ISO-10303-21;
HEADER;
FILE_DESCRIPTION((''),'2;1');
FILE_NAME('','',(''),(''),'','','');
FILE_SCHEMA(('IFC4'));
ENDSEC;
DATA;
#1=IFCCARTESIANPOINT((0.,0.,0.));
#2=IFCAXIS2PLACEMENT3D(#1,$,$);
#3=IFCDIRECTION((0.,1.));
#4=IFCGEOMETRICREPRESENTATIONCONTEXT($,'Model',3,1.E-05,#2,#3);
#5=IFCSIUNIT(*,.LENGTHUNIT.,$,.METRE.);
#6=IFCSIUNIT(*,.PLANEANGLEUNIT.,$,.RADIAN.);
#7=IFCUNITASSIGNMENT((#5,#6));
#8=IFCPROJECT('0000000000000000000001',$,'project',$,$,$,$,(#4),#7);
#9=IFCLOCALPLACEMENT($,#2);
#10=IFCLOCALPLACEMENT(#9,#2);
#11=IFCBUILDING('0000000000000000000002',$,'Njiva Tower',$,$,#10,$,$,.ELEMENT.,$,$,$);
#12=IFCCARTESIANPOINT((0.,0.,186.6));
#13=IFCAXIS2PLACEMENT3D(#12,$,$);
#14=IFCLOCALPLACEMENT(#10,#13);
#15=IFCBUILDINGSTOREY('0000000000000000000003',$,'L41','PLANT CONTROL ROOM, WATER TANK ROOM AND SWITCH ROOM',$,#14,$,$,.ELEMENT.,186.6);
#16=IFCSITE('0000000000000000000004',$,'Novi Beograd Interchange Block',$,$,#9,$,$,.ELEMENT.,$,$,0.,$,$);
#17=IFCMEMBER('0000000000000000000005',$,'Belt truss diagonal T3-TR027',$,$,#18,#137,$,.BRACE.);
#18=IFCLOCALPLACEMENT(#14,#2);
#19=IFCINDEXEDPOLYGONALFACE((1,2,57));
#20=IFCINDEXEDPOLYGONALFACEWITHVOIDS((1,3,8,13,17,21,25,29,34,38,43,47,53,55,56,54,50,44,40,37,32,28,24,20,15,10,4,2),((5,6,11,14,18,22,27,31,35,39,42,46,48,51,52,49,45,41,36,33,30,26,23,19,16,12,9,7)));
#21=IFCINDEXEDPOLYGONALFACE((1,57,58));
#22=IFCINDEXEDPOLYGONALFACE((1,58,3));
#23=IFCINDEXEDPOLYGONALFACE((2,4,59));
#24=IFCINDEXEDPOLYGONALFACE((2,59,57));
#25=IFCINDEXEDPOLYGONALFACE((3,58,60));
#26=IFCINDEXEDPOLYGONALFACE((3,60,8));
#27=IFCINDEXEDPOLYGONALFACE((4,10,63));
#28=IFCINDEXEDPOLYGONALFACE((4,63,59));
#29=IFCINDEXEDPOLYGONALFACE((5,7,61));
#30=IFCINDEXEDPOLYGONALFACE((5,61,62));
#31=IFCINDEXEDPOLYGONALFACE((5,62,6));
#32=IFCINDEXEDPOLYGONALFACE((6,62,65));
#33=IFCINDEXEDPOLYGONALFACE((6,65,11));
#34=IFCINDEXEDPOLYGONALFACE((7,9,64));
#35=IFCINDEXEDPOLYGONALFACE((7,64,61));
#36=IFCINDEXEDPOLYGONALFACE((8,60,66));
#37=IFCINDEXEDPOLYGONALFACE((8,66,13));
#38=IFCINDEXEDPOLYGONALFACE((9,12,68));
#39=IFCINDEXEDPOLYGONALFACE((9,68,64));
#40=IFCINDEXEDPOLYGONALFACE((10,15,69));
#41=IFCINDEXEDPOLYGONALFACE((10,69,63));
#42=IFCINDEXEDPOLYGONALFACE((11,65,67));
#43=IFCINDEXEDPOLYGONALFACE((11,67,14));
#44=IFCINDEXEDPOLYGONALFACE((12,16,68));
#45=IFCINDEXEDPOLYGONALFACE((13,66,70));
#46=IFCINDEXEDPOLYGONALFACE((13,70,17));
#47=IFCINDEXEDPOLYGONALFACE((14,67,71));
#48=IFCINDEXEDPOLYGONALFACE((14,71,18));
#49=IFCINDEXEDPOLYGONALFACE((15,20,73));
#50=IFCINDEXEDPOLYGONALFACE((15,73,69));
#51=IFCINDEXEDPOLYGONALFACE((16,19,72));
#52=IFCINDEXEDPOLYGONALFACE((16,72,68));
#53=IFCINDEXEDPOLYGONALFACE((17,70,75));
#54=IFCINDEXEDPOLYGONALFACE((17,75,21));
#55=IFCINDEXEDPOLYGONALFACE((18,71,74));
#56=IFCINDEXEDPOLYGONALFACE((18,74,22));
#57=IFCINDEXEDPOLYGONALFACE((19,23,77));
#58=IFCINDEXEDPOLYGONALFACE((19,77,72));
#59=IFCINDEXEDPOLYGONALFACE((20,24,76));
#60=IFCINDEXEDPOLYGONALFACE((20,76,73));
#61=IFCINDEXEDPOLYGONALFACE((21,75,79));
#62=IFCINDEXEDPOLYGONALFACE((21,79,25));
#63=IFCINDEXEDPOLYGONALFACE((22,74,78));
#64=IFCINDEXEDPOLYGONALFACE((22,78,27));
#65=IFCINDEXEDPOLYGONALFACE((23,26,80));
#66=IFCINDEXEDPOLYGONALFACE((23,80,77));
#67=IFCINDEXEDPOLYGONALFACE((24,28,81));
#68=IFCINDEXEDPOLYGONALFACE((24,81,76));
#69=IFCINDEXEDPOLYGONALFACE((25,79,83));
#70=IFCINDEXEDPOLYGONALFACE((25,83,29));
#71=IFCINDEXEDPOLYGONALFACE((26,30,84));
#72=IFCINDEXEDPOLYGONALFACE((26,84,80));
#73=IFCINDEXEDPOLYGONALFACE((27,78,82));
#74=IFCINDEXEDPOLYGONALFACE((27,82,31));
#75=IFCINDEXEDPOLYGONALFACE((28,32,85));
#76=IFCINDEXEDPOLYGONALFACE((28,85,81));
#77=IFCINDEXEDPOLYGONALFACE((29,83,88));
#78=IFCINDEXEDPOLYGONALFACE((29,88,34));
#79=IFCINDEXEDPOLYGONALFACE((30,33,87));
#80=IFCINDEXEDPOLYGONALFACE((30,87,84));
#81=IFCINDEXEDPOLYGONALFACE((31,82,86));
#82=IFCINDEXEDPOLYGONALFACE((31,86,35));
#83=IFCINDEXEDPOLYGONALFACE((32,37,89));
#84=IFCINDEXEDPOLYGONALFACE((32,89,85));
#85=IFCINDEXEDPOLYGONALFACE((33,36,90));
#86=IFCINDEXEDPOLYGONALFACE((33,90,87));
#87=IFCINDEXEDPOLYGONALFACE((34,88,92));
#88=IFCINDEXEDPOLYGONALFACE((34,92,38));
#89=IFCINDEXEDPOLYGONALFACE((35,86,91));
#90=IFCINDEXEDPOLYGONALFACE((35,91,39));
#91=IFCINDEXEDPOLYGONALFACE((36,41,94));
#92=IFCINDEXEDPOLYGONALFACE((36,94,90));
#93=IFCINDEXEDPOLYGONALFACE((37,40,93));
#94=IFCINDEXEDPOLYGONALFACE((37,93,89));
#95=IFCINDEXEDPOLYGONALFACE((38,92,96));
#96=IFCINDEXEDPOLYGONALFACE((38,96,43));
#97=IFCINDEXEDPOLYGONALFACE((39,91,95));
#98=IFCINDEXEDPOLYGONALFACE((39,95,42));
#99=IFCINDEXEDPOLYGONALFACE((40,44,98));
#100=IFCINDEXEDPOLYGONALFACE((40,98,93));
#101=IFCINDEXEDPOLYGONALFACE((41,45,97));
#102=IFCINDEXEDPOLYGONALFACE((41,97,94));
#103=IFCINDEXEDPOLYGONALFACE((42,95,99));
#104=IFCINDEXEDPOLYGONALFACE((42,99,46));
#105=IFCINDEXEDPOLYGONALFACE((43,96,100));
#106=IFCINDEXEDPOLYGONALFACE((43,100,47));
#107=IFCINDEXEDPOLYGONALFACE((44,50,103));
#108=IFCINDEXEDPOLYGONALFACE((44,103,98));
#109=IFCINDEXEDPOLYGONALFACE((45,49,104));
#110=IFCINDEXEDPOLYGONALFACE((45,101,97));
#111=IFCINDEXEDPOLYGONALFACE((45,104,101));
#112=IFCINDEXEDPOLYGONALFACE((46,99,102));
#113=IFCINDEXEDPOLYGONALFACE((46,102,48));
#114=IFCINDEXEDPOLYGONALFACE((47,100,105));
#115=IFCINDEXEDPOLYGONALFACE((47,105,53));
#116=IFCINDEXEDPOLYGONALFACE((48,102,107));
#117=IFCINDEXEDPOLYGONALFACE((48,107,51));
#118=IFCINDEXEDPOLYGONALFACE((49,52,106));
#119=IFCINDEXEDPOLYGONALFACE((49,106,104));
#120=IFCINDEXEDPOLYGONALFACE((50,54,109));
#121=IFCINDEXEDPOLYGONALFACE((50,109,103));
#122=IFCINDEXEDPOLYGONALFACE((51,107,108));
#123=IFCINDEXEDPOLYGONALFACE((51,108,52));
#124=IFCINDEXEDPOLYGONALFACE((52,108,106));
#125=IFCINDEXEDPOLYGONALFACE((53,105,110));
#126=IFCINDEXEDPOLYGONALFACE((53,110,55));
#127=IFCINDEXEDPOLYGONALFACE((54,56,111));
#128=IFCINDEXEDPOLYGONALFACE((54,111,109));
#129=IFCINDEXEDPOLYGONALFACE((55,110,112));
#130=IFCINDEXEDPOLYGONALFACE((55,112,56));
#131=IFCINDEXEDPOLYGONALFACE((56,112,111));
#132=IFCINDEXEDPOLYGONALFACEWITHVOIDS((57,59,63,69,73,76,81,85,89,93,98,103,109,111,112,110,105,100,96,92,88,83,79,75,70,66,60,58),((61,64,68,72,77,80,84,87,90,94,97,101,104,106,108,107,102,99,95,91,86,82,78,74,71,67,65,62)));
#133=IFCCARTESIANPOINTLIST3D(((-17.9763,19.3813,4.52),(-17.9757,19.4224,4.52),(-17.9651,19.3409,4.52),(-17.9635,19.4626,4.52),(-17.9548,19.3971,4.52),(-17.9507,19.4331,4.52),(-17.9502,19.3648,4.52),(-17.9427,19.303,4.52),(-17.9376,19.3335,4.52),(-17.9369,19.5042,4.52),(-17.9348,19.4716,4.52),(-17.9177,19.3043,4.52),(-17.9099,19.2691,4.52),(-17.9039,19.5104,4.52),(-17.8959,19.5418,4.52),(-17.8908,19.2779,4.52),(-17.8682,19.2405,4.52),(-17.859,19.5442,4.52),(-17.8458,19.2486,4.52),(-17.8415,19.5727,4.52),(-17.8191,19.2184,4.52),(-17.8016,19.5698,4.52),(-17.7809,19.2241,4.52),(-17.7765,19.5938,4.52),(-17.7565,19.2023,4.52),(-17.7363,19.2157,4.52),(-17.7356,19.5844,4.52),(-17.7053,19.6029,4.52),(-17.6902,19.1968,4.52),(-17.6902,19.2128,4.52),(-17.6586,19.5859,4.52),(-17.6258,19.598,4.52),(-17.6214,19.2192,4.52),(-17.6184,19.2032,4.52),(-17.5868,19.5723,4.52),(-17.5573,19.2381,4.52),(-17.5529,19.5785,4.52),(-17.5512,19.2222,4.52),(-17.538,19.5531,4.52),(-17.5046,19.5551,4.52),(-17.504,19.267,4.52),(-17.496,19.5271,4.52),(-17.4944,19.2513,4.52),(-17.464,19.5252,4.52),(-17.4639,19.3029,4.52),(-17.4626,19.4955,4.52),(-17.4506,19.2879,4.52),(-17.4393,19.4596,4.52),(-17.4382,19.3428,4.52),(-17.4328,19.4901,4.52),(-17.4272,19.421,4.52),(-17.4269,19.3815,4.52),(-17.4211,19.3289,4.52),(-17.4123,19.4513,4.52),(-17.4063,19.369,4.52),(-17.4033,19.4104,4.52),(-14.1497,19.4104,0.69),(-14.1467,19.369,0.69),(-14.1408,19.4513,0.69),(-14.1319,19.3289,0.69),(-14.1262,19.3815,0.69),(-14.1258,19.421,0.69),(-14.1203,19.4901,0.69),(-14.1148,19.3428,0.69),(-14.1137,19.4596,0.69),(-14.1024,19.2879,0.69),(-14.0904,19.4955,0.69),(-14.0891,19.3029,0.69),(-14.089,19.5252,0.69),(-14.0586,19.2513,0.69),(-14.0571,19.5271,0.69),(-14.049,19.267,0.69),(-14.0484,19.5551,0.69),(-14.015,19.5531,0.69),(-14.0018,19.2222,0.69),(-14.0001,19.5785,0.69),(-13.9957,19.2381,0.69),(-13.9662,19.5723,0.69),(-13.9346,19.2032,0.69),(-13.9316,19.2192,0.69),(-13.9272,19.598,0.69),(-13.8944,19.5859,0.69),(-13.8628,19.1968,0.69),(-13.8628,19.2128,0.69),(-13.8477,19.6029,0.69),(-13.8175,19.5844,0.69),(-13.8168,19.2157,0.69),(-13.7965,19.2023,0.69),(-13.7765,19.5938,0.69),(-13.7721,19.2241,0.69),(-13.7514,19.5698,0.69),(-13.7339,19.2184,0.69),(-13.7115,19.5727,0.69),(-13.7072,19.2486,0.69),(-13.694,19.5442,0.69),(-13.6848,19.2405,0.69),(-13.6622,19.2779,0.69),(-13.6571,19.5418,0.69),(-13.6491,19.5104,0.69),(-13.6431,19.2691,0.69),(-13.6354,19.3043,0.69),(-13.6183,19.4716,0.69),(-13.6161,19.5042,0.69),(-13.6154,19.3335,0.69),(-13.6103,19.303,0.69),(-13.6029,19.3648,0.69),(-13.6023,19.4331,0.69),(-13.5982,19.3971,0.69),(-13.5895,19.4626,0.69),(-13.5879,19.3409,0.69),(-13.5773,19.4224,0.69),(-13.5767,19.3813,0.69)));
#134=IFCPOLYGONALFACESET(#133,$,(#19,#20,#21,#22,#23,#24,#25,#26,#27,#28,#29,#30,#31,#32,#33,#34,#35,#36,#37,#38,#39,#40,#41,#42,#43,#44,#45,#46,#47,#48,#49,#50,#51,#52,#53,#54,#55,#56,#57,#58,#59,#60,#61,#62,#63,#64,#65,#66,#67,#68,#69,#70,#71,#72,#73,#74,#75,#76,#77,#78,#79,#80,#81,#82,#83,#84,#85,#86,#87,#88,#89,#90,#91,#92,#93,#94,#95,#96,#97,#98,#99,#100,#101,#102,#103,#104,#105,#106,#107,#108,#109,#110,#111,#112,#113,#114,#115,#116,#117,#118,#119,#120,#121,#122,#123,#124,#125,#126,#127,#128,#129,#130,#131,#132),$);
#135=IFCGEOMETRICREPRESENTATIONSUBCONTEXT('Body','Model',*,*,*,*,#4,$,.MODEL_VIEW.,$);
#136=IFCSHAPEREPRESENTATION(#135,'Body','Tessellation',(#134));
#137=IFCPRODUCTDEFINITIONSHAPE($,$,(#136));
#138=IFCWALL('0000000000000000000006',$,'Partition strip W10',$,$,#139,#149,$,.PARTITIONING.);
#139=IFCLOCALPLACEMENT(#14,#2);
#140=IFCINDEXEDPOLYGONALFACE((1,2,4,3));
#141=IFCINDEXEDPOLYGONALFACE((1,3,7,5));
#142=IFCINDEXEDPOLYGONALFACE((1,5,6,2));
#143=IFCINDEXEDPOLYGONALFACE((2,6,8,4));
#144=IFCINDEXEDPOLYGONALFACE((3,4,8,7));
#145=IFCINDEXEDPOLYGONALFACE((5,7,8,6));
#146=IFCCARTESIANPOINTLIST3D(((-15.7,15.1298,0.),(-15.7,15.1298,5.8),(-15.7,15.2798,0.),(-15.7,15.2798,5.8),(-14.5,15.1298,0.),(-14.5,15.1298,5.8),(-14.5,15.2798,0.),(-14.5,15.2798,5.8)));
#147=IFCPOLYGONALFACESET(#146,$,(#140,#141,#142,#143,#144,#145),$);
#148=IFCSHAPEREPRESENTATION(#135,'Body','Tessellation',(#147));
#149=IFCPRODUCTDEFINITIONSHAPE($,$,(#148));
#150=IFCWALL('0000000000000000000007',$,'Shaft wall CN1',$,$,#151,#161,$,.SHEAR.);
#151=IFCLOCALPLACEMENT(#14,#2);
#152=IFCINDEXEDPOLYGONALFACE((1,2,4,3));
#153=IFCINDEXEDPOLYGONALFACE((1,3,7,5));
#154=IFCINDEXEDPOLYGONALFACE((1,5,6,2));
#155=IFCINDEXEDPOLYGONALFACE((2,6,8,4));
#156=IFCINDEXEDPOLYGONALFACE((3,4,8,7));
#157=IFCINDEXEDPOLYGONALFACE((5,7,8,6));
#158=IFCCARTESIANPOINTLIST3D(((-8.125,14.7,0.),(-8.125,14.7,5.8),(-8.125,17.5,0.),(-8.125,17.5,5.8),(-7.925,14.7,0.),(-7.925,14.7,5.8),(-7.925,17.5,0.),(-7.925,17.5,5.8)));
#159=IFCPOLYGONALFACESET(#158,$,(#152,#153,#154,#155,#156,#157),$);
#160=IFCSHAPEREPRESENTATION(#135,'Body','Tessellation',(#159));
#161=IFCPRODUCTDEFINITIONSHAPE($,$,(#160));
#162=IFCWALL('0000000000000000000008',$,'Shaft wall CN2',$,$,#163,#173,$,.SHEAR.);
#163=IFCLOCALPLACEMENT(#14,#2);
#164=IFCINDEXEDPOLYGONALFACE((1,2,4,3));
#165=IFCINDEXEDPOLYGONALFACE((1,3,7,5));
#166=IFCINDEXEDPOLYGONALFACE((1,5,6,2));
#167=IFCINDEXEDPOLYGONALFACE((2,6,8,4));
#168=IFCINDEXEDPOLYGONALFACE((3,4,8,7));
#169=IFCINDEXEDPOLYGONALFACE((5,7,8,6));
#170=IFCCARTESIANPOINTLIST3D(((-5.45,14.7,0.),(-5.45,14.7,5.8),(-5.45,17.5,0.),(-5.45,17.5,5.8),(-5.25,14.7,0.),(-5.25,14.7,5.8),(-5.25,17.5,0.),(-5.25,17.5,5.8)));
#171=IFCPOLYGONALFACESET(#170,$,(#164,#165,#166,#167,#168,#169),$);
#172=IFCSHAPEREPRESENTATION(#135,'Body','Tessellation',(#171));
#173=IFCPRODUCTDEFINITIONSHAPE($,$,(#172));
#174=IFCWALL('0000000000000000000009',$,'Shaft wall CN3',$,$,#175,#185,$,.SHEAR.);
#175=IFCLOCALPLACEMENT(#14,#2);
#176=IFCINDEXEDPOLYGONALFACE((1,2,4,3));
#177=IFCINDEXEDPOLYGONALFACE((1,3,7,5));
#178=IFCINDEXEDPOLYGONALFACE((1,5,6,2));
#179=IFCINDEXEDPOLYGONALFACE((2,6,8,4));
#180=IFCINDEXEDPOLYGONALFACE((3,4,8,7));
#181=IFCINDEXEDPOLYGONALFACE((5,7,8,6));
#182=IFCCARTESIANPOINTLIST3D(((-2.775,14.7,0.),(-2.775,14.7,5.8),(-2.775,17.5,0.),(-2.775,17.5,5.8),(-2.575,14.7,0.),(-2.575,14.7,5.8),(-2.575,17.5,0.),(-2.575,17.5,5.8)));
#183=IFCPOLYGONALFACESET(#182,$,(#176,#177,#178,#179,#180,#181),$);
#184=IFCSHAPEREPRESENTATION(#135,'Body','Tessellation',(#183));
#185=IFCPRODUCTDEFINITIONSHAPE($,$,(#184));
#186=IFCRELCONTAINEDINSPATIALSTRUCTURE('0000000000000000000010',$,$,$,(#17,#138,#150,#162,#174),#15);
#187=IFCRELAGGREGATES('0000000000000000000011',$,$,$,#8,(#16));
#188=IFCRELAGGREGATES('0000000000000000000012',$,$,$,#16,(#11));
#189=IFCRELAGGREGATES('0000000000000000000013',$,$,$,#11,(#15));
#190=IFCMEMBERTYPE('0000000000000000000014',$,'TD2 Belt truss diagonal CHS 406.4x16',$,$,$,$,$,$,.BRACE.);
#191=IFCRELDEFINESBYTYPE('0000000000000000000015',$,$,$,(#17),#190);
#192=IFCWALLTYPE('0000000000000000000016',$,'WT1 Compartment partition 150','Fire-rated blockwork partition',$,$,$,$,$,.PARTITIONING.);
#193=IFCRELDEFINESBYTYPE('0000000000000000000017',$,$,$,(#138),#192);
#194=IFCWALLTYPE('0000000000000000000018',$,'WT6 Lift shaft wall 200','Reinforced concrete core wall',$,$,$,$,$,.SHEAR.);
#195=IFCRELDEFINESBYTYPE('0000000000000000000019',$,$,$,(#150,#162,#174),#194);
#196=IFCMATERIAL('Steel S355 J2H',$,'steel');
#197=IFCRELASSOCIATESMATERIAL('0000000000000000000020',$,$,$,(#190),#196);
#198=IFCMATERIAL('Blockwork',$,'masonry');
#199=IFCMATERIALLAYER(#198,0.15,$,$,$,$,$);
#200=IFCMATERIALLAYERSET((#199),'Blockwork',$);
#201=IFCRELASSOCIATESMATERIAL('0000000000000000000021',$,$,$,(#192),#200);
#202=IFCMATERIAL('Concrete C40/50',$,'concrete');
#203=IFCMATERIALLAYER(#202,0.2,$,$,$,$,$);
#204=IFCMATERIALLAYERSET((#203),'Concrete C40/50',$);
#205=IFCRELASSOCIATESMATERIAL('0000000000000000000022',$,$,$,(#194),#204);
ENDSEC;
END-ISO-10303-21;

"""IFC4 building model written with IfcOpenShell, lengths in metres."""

from ifc_helpers import new_model, si_unit, direction, frame, frame_2d, origin, origin_2d, place, context, subcontext, project, spatial, rectangle, hollow_circle, extrude, clip, halfspace, material, layer, layer_set, material_profile, profile_set, type_object, element, save


model = new_model("IFC4")

# Units and contexts
model_context = context("Model", 3, precision=1e-05, world=origin(), true_north=direction((0.0, 1.0)))
body_context = subcontext(model_context, "Body", "Model", "MODEL_VIEW")
ifc_project = project(units=[si_unit("LENGTHUNIT", "METRE"), si_unit("PLANEANGLEUNIT", "RADIAN")], contexts=[model_context])

# Site, building, storey
site_placement = place(None, origin())
site = spatial("IfcSite", under=ifc_project, at=site_placement, Name="Novi Beograd Interchange Block", CompositionType="ELEMENT", RefElevation=0.0)
building_placement = place(site_placement, origin())
building = spatial("IfcBuilding", under=site, at=building_placement, Name="Njiva Tower", CompositionType="ELEMENT")
storey_placement = place(building_placement, frame((0.0, 0.0, 186.6)))
storey = spatial("IfcBuildingStorey", under=building, at=storey_placement, Name="L41", Description="PLANT CONTROL ROOM, WATER TANK ROOM AND SWITCH ROOM", CompositionType="ELEMENT", Elevation=186.6)

# Member
ifc_material_1 = material(Name="Steel S355 J2H", Category="steel")
ifc_material_profile_1 = material_profile(ifc_material_1, hollow_circle(Radius=0.2032, WallThickness=0.016, at=origin_2d()), Name="CHS 406.4x16")
ifc_profile_set_1 = profile_set([ifc_material_profile_1], Name="Steel S355 J2H")
member_type_1 = type_object("IfcMemberType", Name="TD2 Belt truss diagonal CHS 406.4x16", PredefinedType="BRACE", material=ifc_profile_set_1)
member_1_placement = place(storey_placement, frame((-13.3569, 19.4, 0.1838), z_axis=(-0.706871, 0.0, 0.707342), x_axis=(0.0, -1.0, 0.0)))
element("IfcMember", 1, at=member_1_placement, inside=storey, type_object=member_type_1, Name="Belt truss diagonal T3-TR027", PredefinedType="BRACE", context=body_context, shape_type="Clipping", body=[
    clip(clip(extrude(hollow_circle(Radius=0.2032, WallThickness=0.016, at=origin_2d()), origin(), (0.0, 0.0, 1.0), 6.846), halfspace(frame((19.4, 9.8057, -9.0835), z_axis=(0.0, -0.706871, -0.707342), x_axis=(0.0, -0.707342, 0.706871)), False)), halfspace(frame((19.4, 12.513, -6.3744), z_axis=(0.0, 0.706871, 0.707342), x_axis=(0.0, 0.707342, -0.706871)), False)),
])

# Walls
ifc_material_2 = material(Name="Blockwork", Category="masonry")
ifc_layer_1 = layer(ifc_material_2, 0.15)
ifc_layer_set_1 = layer_set([ifc_layer_1], Name="Blockwork")
wall_type_1 = type_object("IfcWallType", Name="WT1 Compartment partition 150", Description="Fire-rated blockwork partition", PredefinedType="PARTITIONING", material=ifc_layer_set_1)
wall_1_placement = place(storey_placement, frame((-15.7, 15.2048, 0.0), z_axis=(0.0, 0.0, 1.0), x_axis=(1.0, 0.0, 0.0)))
element("IfcWall", 2, at=wall_1_placement, inside=storey, type_object=wall_type_1, Name="Partition strip W10", PredefinedType="PARTITIONING", context=body_context, shape_type="SweptSolid", body=[
    extrude(rectangle(XDim=1.2, YDim=0.15, at=frame_2d((0.6, 0.0))), origin(), (0.0, 0.0, 1.0), 5.8),
])
ifc_material_3 = material(Name="Concrete C40/50", Category="concrete")
ifc_layer_2 = layer(ifc_material_3, 0.2)
ifc_layer_set_2 = layer_set([ifc_layer_2], Name="Concrete C40/50")
wall_type_2 = type_object("IfcWallType", Name="WT6 Lift shaft wall 200", Description="Reinforced concrete core wall", PredefinedType="SHEAR", material=ifc_layer_set_2)
for number, where, z_axis, x_axis, name in (
    (3, (-8.025, 14.7, 0.0), (0.0, 0.0, 1.0), (0.0, 1.0, 0.0), "Shaft wall CN1"),
    (4, (-5.35, 14.7, 0.0), (0.0, 0.0, 1.0), (0.0, 1.0, 0.0), "Shaft wall CN2"),
    (5, (-2.675, 14.7, 0.0), (0.0, 0.0, 1.0), (0.0, 1.0, 0.0), "Shaft wall CN3"),
):
    element("IfcWall", number, at=place(storey_placement, frame(where, z_axis=z_axis, x_axis=x_axis)), inside=storey, type_object=wall_type_2, Name=name, PredefinedType="SHEAR", context=body_context, shape_type="SweptSolid", body=[
        extrude(rectangle(XDim=2.8, YDim=0.2, at=frame_2d((1.4, 0.0))), origin(), (0.0, 0.0, 1.0), 5.8),
    ])

save(model, "model.ifc")
